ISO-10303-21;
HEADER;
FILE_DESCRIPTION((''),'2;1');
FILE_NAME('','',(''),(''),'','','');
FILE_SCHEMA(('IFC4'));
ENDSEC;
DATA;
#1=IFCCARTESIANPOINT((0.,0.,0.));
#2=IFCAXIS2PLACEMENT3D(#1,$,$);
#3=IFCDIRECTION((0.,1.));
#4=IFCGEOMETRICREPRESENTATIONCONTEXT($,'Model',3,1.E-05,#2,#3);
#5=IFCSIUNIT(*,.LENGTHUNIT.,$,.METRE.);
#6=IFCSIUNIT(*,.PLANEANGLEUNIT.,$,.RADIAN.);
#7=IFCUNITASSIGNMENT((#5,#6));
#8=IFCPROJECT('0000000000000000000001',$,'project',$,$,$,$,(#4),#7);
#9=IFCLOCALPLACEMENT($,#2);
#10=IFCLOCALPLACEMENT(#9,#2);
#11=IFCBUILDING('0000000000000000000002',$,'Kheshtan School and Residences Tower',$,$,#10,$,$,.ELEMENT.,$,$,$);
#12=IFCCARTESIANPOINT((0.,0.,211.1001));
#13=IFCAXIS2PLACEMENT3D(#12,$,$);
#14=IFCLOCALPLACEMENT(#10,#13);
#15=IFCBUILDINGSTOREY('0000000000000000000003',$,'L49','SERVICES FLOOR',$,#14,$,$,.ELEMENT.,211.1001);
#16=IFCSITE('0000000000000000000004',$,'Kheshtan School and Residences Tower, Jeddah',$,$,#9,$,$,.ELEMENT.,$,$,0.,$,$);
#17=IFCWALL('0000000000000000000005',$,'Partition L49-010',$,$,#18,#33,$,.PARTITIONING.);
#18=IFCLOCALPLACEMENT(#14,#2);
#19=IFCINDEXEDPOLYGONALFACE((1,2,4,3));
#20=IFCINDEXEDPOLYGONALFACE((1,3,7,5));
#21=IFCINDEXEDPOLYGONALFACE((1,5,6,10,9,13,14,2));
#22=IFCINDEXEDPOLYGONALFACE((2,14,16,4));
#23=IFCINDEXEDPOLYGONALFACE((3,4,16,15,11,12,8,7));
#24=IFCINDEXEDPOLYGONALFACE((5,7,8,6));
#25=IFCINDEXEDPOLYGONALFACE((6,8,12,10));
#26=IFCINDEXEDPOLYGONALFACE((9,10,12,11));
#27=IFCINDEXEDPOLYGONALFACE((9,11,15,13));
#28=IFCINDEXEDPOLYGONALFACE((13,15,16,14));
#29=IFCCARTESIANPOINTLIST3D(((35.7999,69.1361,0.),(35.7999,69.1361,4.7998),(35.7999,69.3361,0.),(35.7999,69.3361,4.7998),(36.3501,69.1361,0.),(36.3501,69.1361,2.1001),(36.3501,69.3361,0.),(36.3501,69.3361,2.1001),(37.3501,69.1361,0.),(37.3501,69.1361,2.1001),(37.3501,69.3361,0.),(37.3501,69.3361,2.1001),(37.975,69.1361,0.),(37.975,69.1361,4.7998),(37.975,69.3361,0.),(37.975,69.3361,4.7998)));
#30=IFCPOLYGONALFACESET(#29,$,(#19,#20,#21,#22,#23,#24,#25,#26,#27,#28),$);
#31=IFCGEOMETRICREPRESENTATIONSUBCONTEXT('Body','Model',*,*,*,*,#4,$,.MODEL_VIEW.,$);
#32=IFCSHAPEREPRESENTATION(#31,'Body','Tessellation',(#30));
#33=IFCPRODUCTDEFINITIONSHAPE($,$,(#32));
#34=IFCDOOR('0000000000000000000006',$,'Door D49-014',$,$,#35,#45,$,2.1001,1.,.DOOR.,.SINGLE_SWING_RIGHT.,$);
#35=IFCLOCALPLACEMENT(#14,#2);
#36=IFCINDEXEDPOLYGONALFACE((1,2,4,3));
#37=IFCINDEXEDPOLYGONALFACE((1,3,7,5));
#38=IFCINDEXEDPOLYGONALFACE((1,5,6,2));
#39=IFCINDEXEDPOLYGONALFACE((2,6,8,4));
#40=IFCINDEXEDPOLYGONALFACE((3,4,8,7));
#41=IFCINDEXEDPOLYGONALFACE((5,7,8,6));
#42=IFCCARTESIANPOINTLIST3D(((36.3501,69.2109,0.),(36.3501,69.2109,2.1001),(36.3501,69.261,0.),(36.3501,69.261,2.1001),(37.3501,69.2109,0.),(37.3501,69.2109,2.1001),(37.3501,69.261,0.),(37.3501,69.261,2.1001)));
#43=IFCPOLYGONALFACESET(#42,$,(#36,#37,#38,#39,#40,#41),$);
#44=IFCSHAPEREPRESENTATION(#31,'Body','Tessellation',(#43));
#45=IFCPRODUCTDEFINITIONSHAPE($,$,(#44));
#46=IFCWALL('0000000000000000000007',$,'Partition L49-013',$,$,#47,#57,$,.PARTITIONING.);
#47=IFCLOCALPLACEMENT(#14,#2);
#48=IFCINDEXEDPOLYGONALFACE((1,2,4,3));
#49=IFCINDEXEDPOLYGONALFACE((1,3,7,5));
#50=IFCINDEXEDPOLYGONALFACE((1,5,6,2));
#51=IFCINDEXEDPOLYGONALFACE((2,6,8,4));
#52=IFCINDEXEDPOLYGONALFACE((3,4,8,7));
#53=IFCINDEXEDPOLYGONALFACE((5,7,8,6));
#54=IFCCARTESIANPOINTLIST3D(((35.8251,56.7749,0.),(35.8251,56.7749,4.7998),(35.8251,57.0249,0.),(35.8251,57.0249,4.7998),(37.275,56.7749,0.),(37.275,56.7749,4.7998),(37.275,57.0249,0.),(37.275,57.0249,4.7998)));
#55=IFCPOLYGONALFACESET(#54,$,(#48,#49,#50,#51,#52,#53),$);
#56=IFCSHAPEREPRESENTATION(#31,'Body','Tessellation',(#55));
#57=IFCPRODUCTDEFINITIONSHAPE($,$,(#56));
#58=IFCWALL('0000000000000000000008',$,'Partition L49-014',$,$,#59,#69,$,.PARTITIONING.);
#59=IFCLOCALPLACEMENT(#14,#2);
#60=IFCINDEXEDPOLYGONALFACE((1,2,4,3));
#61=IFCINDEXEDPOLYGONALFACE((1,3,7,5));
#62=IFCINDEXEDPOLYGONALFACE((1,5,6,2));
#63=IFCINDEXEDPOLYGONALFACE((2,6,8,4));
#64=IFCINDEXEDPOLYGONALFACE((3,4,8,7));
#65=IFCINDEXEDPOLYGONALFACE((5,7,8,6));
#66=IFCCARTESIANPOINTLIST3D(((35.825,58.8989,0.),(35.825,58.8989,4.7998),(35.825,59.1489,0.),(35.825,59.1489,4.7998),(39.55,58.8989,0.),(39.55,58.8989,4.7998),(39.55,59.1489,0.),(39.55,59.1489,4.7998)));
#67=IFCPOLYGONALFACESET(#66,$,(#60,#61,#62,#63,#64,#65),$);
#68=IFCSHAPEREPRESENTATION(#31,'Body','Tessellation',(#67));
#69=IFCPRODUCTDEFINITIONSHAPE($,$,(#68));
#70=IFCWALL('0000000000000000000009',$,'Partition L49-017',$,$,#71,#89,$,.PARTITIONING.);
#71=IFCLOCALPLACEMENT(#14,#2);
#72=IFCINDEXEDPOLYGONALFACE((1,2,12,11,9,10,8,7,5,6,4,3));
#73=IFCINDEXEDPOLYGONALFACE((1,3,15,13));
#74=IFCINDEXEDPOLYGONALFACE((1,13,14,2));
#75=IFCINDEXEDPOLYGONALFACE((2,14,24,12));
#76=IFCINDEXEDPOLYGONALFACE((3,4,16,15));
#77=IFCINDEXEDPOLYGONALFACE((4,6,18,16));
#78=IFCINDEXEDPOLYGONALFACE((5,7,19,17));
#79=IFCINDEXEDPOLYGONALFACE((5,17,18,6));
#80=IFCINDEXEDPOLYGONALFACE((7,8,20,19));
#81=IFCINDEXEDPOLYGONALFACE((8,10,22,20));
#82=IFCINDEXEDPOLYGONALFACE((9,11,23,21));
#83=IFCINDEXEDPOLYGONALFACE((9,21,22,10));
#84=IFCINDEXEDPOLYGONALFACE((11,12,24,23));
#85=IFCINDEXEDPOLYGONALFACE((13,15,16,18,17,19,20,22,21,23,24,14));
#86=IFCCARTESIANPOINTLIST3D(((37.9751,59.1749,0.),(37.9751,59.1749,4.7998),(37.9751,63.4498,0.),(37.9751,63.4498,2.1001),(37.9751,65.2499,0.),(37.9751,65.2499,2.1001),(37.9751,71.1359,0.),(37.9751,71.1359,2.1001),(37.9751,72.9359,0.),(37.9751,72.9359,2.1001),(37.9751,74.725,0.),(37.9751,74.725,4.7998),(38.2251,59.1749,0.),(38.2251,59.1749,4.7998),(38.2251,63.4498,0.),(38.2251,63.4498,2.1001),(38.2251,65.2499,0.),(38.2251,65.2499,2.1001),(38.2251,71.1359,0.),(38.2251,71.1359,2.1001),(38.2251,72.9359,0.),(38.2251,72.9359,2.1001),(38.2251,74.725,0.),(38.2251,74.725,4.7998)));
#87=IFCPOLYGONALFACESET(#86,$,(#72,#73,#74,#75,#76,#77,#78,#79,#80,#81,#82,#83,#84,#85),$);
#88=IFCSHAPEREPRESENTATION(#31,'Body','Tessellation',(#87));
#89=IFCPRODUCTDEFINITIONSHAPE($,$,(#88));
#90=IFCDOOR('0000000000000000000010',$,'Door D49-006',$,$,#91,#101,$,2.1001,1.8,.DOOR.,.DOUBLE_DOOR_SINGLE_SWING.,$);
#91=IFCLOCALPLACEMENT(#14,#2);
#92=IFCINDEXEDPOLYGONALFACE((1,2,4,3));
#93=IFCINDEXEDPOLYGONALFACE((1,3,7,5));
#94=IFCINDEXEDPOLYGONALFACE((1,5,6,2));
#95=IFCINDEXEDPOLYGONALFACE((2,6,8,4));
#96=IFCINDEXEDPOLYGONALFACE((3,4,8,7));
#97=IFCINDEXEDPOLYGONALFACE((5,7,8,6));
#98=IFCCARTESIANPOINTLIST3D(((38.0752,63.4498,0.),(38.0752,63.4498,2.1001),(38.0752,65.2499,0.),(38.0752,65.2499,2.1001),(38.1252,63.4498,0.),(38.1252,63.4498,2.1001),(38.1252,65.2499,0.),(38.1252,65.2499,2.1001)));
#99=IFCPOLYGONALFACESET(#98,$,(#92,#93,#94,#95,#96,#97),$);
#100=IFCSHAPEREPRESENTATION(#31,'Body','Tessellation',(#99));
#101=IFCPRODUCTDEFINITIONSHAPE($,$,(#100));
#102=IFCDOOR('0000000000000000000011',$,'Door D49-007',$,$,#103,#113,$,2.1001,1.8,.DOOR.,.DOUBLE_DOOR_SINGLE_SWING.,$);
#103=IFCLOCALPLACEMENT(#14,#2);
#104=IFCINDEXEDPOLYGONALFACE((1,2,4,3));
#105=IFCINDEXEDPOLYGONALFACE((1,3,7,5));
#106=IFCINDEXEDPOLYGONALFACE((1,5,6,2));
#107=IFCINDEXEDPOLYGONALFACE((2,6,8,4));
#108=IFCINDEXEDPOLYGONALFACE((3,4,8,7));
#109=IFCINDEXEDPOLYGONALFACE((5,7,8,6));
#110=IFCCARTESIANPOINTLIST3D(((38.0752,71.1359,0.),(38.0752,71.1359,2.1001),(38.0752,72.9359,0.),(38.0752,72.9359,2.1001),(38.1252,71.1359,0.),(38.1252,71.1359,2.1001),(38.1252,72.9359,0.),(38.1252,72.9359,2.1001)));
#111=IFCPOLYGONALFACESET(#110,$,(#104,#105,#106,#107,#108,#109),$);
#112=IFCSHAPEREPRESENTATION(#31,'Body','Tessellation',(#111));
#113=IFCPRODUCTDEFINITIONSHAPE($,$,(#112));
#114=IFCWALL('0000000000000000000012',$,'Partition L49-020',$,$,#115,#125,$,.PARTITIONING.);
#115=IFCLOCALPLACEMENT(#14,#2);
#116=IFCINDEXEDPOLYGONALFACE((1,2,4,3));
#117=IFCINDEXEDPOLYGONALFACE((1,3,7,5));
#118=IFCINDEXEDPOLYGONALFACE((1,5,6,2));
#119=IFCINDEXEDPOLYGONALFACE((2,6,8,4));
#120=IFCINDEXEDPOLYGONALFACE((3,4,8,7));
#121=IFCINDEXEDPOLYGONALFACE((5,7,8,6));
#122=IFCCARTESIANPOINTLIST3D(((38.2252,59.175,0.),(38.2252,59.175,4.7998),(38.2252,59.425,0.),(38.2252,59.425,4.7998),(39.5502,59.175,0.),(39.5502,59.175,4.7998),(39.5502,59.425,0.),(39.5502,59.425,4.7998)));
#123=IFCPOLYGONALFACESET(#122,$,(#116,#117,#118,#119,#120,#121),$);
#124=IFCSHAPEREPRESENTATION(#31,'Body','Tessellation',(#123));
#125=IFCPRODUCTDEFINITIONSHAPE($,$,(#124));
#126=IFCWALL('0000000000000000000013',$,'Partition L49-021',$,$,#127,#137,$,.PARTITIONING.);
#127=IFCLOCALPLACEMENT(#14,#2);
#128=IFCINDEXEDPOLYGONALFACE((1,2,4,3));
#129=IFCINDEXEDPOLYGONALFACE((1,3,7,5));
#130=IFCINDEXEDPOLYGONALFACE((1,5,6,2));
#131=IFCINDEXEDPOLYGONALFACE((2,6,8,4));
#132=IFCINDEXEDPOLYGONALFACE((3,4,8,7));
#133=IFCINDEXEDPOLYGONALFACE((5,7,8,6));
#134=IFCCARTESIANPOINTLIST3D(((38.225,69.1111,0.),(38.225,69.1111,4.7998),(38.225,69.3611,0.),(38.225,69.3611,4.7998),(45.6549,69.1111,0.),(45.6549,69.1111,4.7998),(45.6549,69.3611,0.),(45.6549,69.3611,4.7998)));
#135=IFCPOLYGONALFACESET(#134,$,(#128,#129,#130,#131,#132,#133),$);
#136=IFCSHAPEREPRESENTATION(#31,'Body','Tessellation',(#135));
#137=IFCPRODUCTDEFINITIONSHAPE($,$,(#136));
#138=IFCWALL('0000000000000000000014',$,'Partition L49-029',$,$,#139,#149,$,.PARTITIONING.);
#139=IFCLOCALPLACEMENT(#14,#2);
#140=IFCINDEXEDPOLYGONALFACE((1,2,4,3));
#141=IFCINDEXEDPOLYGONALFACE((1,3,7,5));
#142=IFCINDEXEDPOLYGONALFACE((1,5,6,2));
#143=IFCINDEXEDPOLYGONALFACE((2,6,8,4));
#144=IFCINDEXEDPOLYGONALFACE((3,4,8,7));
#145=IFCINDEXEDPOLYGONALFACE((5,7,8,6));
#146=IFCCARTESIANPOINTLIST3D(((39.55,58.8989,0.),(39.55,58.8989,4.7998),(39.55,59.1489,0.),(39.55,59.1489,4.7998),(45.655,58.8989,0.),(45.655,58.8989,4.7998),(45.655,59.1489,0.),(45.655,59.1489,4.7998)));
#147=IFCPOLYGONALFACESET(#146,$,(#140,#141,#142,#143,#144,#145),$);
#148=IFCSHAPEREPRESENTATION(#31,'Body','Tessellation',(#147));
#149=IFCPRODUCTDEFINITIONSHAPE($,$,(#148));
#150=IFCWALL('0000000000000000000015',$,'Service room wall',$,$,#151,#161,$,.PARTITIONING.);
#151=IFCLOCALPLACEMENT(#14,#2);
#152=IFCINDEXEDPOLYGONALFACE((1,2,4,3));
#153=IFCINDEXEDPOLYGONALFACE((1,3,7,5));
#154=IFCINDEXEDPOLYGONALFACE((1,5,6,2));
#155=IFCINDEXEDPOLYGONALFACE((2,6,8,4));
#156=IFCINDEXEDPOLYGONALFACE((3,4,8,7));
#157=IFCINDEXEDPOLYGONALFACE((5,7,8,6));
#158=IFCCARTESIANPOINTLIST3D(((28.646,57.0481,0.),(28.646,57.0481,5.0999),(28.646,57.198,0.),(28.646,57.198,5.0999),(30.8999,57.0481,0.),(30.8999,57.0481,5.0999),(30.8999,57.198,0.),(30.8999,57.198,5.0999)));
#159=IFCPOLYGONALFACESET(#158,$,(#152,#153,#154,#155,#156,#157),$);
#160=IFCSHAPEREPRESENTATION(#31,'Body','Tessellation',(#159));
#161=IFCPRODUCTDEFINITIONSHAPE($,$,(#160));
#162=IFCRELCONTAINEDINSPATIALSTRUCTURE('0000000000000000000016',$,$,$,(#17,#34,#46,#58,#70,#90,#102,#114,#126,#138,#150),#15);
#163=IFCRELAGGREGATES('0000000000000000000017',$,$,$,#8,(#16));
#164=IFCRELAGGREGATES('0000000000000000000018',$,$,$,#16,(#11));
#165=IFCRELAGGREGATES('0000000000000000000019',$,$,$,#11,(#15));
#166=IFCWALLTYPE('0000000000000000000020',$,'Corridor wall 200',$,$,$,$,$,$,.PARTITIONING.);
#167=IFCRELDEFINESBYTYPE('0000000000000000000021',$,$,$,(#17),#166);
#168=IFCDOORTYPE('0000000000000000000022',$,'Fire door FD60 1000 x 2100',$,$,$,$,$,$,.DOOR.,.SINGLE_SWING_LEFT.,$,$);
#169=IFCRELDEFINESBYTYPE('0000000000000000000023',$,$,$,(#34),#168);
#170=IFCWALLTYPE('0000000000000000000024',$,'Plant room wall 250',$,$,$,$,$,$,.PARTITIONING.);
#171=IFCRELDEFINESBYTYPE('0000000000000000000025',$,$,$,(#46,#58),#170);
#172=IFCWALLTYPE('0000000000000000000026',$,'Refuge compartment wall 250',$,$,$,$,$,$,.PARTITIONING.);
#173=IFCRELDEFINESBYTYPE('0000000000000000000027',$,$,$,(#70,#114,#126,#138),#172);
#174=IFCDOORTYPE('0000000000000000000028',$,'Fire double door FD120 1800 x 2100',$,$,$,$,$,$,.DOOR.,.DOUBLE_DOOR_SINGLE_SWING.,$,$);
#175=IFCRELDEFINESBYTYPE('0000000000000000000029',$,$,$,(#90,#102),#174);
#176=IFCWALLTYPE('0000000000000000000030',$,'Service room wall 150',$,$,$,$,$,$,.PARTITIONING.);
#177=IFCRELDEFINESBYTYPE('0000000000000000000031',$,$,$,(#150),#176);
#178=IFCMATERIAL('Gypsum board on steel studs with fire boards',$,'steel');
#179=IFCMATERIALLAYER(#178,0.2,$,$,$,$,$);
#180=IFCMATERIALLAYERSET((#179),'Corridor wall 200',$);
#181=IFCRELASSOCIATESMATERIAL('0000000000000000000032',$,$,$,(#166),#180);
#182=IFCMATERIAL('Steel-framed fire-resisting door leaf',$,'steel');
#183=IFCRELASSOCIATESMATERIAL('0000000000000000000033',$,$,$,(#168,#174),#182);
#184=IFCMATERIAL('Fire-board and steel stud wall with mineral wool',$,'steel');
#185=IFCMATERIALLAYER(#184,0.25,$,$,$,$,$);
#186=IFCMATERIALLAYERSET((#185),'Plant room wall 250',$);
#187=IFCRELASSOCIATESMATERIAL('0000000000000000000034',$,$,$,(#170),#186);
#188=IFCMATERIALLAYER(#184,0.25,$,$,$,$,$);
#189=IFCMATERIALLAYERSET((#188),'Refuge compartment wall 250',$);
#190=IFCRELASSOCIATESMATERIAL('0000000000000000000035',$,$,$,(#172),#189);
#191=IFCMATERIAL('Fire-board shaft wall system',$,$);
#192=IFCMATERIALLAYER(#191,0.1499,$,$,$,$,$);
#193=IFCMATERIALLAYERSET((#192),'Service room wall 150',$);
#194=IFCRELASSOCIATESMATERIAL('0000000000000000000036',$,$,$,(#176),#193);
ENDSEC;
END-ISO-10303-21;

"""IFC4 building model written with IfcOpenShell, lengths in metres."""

from ifc_helpers import new_model, si_unit, direction, frame, frame_2d, origin, place, context, subcontext, project, spatial, rectangle, extrude, source, transform, mapped, material, layer, layer_set, type_object, element, fill, save


model = new_model("IFC4")

# Units and contexts
model_context = context("Model", 3, precision=1e-05, world=origin(), true_north=direction((0.0, 1.0)))
body_context = subcontext(model_context, "Body", "Model", "MODEL_VIEW")
ifc_project = project(units=[si_unit("LENGTHUNIT", "METRE"), si_unit("PLANEANGLEUNIT", "RADIAN")], contexts=[model_context])

# Site, building, storey
site_placement = place(None, origin())
site = spatial("IfcSite", under=ifc_project, at=site_placement, Name="Kheshtan School and Residences Tower, Jeddah", CompositionType="ELEMENT", RefElevation=0.0)
building_placement = place(site_placement, origin())
building = spatial("IfcBuilding", under=site, at=building_placement, Name="Kheshtan School and Residences Tower", CompositionType="ELEMENT")
storey_placement = place(building_placement, frame((0.0, 0.0, 211.1001)))
storey = spatial("IfcBuildingStorey", under=building, at=storey_placement, Name="L49", Description="SERVICES FLOOR", CompositionType="ELEMENT", Elevation=211.1001)

# Shared definitions
ifc_material_1 = material(Name="Gypsum board on steel studs with fire boards", Category="steel")
ifc_layer_1 = layer(ifc_material_1, 0.2)
ifc_layer_set_1 = layer_set([ifc_layer_1], Name="Corridor wall 200")
wall_type_1 = type_object("IfcWallType", Name="Corridor wall 200", PredefinedType="PARTITIONING", material=ifc_layer_set_1)
ifc_material_2 = material(Name="Steel-framed fire-resisting door leaf", Category="steel")

# Wall, opening, door
wall_1_placement = place(storey_placement, frame((35.8, 69.2361, 0.0), z_axis=(0.0, 0.0, 1.0), x_axis=(1.0, 0.0, 0.0)))
wall_1 = element("IfcWall", 1, at=wall_1_placement, inside=storey, type_object=wall_type_1, Name="Partition L49-010", PredefinedType="PARTITIONING", context=body_context, shape_type="SweptSolid", body=[
    extrude(rectangle(XDim=2.175, YDim=0.2, at=frame_2d((1.0874, 0.0))), origin(), (0.0, 0.0, 1.0), 4.7998),
])
opening_1_placement = place(wall_1_placement, frame((0.55, 0.0, 0.0)))
opening_1 = element("IfcOpeningElement", 2, at=opening_1_placement, cuts=wall_1, PredefinedType="OPENING", context=body_context, shape_type="SweptSolid", body=[
    extrude(rectangle(XDim=1.0, YDim=2.1001, at=frame_2d((0.5, 1.05))), frame((0.0, 0.1099, 0.0), z_axis=(0.0, -1.0, 0.0), x_axis=(1.0, 0.0, 0.0)), (0.0, 0.0, 1.0), 0.22),
])
door_type_1 = type_object("IfcDoorType", Name="Fire door FD60 1000 x 2100", OperationType="SINGLE_SWING_LEFT", PredefinedType="DOOR", material=ifc_material_2)
shared_shape_1 = source(origin(), body_context, "Body", "SweptSolid", [
    extrude(rectangle(XDim=1.0, YDim=2.1001, at=frame_2d((0.5, 1.05))), frame((0.0, 0.0249, 0.0), z_axis=(0.0, -1.0, 0.0), x_axis=(1.0, 0.0, 0.0)), (0.0, 0.0, 1.0), 0.05),
])
door_1_placement = place(opening_1_placement, origin())
door_1 = element("IfcDoor", 3, at=door_1_placement, inside=storey, type_object=door_type_1, Name="Door D49-014", OperationType="SINGLE_SWING_RIGHT", OverallHeight=2.1001, OverallWidth=1.0, PredefinedType="DOOR", context=body_context, shape_type="MappedRepresentation", body=[
    mapped(shared_shape_1, transform((0.0, 0.0, 0.0), x_axis=(1.0, 0.0, 0.0), y_axis=(0.0, 1.0, 0.0), z_axis=(0.0, 0.0, 1.0), scale=1.0)),
])
fill(opening_1, door_1)

# Walls
ifc_material_3 = material(Name="Fire-board and steel stud wall with mineral wool", Category="steel")
ifc_layer_2 = layer(ifc_material_3, 0.25)
ifc_layer_set_2 = layer_set([ifc_layer_2], Name="Plant room wall 250")
wall_type_2 = type_object("IfcWallType", Name="Plant room wall 250", PredefinedType="PARTITIONING", material=ifc_layer_set_2)
wall_2_placement = place(storey_placement, frame((35.825, 56.8999, 0.0), z_axis=(0.0, 0.0, 1.0), x_axis=(1.0, 0.0, 0.0)))
element("IfcWall", 4, at=wall_2_placement, inside=storey, type_object=wall_type_2, Name="Partition L49-013", PredefinedType="PARTITIONING", context=body_context, shape_type="SweptSolid", body=[
    extrude(rectangle(XDim=1.45, YDim=0.25, at=frame_2d((0.7251, 0.0))), origin(), (0.0, 0.0, 1.0), 4.7998),
])
wall_3_placement = place(storey_placement, frame((35.825, 59.0239, 0.0), z_axis=(0.0, 0.0, 1.0), x_axis=(1.0, 0.0, 0.0)))
element("IfcWall", 5, at=wall_3_placement, inside=storey, type_object=wall_type_2, Name="Partition L49-014", PredefinedType="PARTITIONING", context=body_context, shape_type="SweptSolid", body=[
    extrude(rectangle(XDim=3.7251, YDim=0.25, at=frame_2d((1.8625, 0.0))), origin(), (0.0, 0.0, 1.0), 4.7998),
])

# Wall, openings, doors
ifc_layer_3 = layer(ifc_material_3, 0.25)
ifc_layer_set_3 = layer_set([ifc_layer_3], Name="Refuge compartment wall 250")
wall_type_3 = type_object("IfcWallType", Name="Refuge compartment wall 250", PredefinedType="PARTITIONING", material=ifc_layer_set_3)
wall_4_placement = place(storey_placement, frame((38.1001, 59.175, 0.0), z_axis=(0.0, 0.0, 1.0), x_axis=(0.0, 1.0, 0.0)))
wall_4 = element("IfcWall", 6, at=wall_4_placement, inside=storey, type_object=wall_type_3, Name="Partition L49-017", PredefinedType="PARTITIONING", context=body_context, shape_type="SweptSolid", body=[
    extrude(rectangle(XDim=15.55, YDim=0.25, at=frame_2d((7.7749, 0.0))), origin(), (0.0, 0.0, 1.0), 4.7998),
])
opening_2_placement = place(wall_4_placement, frame((4.2749, 0.0, 0.0)))
opening_2 = element("IfcOpeningElement", 7, at=opening_2_placement, cuts=wall_4, PredefinedType="OPENING", context=body_context, shape_type="SweptSolid", body=[
    extrude(rectangle(XDim=1.8, YDim=2.1001, at=frame_2d((0.8999, 1.05))), frame((0.0, 0.135, 0.0), z_axis=(0.0, -1.0, 0.0), x_axis=(1.0, 0.0, 0.0)), (0.0, 0.0, 1.0), 0.27),
])
opening_3_placement = place(wall_4_placement, frame((11.9609, 0.0, 0.0)))
opening_3 = element("IfcOpeningElement", 8, at=opening_3_placement, cuts=wall_4, PredefinedType="OPENING", context=body_context, shape_type="SweptSolid", body=[
    extrude(rectangle(XDim=1.8, YDim=2.1001, at=frame_2d((0.8999, 1.05))), frame((0.0, 0.135, 0.0), z_axis=(0.0, -1.0, 0.0), x_axis=(1.0, 0.0, 0.0)), (0.0, 0.0, 1.0), 0.27),
])
door_type_2 = type_object("IfcDoorType", Name="Fire double door FD120 1800 x 2100", OperationType="DOUBLE_DOOR_SINGLE_SWING", PredefinedType="DOOR", material=ifc_material_2)
shared_shape_2 = source(origin(), body_context, "Body", "SweptSolid", [
    extrude(rectangle(XDim=1.8, YDim=2.1001, at=frame_2d((0.8999, 1.05))), frame((0.0, 0.0249, 0.0), z_axis=(0.0, -1.0, 0.0), x_axis=(1.0, 0.0, 0.0)), (0.0, 0.0, 1.0), 0.05),
])
door_2_placement = place(opening_2_placement, origin())
door_2 = element("IfcDoor", 9, at=door_2_placement, inside=storey, type_object=door_type_2, Name="Door D49-006", OperationType="DOUBLE_DOOR_SINGLE_SWING", OverallHeight=2.1001, OverallWidth=1.8, PredefinedType="DOOR", context=body_context, shape_type="MappedRepresentation", body=[
    mapped(shared_shape_2, transform((0.0, 0.0, 0.0), x_axis=(1.0, 0.0, 0.0), y_axis=(0.0, 1.0, 0.0), z_axis=(0.0, 0.0, 1.0), scale=1.0)),
])
fill(opening_2, door_2)
door_3_placement = place(opening_3_placement, origin())
door_3 = element("IfcDoor", 10, at=door_3_placement, inside=storey, type_object=door_type_2, Name="Door D49-007", OperationType="DOUBLE_DOOR_SINGLE_SWING", OverallHeight=2.1001, OverallWidth=1.8, PredefinedType="DOOR", context=body_context, shape_type="MappedRepresentation", body=[
    mapped(shared_shape_2, transform((0.0, 0.0, 0.0), x_axis=(1.0, 0.0, 0.0), y_axis=(0.0, 1.0, 0.0), z_axis=(0.0, 0.0, 1.0), scale=1.0)),
])
fill(opening_3, door_3)

# Walls
wall_5_placement = place(storey_placement, frame((38.2251, 59.3, 0.0), z_axis=(0.0, 0.0, 1.0), x_axis=(1.0, 0.0, 0.0)))
element("IfcWall", 11, at=wall_5_placement, inside=storey, type_object=wall_type_3, Name="Partition L49-020", PredefinedType="PARTITIONING", context=body_context, shape_type="SweptSolid", body=[
    extrude(rectangle(XDim=1.325, YDim=0.25, at=frame_2d((0.6626, 0.0))), origin(), (0.0, 0.0, 1.0), 4.7998),
])
wall_6_placement = place(storey_placement, frame((38.2251, 69.2361, 0.0), z_axis=(0.0, 0.0, 1.0), x_axis=(1.0, 0.0, 0.0)))
element("IfcWall", 12, at=wall_6_placement, inside=storey, type_object=wall_type_3, Name="Partition L49-021", PredefinedType="PARTITIONING", context=body_context, shape_type="SweptSolid", body=[
    extrude(rectangle(XDim=7.4299, YDim=0.25, at=frame_2d((3.7148, 0.0))), origin(), (0.0, 0.0, 1.0), 4.7998),
])
wall_7_placement = place(storey_placement, frame((39.55, 59.0239, 0.0), z_axis=(0.0, 0.0, 1.0), x_axis=(1.0, 0.0, 0.0)))
element("IfcWall", 13, at=wall_7_placement, inside=storey, type_object=wall_type_3, Name="Partition L49-029", PredefinedType="PARTITIONING", context=body_context, shape_type="SweptSolid", body=[
    extrude(rectangle(XDim=6.105, YDim=0.25, at=frame_2d((3.0525, 0.0))), origin(), (0.0, 0.0, 1.0), 4.7998),
])
ifc_material_4 = material(Name="Fire-board shaft wall system")
ifc_layer_4 = layer(ifc_material_4, 0.1499)
ifc_layer_set_4 = layer_set([ifc_layer_4], Name="Service room wall 150")
wall_type_4 = type_object("IfcWallType", Name="Service room wall 150", PredefinedType="PARTITIONING", material=ifc_layer_set_4)
wall_8_placement = place(storey_placement, frame((28.646, 57.123, 0.0), z_axis=(0.0, 0.0, 1.0), x_axis=(1.0, 0.0, 0.0)))
element("IfcWall", 14, at=wall_8_placement, inside=storey, type_object=wall_type_4, Name="Service room wall", PredefinedType="PARTITIONING", context=body_context, shape_type="SweptSolid", body=[
    extrude(rectangle(XDim=2.2539, YDim=0.1499, at=frame_2d((1.127, 0.0))), origin(), (0.0, 0.0, 1.0), 5.0999),
])

save(model, "model.ifc")
